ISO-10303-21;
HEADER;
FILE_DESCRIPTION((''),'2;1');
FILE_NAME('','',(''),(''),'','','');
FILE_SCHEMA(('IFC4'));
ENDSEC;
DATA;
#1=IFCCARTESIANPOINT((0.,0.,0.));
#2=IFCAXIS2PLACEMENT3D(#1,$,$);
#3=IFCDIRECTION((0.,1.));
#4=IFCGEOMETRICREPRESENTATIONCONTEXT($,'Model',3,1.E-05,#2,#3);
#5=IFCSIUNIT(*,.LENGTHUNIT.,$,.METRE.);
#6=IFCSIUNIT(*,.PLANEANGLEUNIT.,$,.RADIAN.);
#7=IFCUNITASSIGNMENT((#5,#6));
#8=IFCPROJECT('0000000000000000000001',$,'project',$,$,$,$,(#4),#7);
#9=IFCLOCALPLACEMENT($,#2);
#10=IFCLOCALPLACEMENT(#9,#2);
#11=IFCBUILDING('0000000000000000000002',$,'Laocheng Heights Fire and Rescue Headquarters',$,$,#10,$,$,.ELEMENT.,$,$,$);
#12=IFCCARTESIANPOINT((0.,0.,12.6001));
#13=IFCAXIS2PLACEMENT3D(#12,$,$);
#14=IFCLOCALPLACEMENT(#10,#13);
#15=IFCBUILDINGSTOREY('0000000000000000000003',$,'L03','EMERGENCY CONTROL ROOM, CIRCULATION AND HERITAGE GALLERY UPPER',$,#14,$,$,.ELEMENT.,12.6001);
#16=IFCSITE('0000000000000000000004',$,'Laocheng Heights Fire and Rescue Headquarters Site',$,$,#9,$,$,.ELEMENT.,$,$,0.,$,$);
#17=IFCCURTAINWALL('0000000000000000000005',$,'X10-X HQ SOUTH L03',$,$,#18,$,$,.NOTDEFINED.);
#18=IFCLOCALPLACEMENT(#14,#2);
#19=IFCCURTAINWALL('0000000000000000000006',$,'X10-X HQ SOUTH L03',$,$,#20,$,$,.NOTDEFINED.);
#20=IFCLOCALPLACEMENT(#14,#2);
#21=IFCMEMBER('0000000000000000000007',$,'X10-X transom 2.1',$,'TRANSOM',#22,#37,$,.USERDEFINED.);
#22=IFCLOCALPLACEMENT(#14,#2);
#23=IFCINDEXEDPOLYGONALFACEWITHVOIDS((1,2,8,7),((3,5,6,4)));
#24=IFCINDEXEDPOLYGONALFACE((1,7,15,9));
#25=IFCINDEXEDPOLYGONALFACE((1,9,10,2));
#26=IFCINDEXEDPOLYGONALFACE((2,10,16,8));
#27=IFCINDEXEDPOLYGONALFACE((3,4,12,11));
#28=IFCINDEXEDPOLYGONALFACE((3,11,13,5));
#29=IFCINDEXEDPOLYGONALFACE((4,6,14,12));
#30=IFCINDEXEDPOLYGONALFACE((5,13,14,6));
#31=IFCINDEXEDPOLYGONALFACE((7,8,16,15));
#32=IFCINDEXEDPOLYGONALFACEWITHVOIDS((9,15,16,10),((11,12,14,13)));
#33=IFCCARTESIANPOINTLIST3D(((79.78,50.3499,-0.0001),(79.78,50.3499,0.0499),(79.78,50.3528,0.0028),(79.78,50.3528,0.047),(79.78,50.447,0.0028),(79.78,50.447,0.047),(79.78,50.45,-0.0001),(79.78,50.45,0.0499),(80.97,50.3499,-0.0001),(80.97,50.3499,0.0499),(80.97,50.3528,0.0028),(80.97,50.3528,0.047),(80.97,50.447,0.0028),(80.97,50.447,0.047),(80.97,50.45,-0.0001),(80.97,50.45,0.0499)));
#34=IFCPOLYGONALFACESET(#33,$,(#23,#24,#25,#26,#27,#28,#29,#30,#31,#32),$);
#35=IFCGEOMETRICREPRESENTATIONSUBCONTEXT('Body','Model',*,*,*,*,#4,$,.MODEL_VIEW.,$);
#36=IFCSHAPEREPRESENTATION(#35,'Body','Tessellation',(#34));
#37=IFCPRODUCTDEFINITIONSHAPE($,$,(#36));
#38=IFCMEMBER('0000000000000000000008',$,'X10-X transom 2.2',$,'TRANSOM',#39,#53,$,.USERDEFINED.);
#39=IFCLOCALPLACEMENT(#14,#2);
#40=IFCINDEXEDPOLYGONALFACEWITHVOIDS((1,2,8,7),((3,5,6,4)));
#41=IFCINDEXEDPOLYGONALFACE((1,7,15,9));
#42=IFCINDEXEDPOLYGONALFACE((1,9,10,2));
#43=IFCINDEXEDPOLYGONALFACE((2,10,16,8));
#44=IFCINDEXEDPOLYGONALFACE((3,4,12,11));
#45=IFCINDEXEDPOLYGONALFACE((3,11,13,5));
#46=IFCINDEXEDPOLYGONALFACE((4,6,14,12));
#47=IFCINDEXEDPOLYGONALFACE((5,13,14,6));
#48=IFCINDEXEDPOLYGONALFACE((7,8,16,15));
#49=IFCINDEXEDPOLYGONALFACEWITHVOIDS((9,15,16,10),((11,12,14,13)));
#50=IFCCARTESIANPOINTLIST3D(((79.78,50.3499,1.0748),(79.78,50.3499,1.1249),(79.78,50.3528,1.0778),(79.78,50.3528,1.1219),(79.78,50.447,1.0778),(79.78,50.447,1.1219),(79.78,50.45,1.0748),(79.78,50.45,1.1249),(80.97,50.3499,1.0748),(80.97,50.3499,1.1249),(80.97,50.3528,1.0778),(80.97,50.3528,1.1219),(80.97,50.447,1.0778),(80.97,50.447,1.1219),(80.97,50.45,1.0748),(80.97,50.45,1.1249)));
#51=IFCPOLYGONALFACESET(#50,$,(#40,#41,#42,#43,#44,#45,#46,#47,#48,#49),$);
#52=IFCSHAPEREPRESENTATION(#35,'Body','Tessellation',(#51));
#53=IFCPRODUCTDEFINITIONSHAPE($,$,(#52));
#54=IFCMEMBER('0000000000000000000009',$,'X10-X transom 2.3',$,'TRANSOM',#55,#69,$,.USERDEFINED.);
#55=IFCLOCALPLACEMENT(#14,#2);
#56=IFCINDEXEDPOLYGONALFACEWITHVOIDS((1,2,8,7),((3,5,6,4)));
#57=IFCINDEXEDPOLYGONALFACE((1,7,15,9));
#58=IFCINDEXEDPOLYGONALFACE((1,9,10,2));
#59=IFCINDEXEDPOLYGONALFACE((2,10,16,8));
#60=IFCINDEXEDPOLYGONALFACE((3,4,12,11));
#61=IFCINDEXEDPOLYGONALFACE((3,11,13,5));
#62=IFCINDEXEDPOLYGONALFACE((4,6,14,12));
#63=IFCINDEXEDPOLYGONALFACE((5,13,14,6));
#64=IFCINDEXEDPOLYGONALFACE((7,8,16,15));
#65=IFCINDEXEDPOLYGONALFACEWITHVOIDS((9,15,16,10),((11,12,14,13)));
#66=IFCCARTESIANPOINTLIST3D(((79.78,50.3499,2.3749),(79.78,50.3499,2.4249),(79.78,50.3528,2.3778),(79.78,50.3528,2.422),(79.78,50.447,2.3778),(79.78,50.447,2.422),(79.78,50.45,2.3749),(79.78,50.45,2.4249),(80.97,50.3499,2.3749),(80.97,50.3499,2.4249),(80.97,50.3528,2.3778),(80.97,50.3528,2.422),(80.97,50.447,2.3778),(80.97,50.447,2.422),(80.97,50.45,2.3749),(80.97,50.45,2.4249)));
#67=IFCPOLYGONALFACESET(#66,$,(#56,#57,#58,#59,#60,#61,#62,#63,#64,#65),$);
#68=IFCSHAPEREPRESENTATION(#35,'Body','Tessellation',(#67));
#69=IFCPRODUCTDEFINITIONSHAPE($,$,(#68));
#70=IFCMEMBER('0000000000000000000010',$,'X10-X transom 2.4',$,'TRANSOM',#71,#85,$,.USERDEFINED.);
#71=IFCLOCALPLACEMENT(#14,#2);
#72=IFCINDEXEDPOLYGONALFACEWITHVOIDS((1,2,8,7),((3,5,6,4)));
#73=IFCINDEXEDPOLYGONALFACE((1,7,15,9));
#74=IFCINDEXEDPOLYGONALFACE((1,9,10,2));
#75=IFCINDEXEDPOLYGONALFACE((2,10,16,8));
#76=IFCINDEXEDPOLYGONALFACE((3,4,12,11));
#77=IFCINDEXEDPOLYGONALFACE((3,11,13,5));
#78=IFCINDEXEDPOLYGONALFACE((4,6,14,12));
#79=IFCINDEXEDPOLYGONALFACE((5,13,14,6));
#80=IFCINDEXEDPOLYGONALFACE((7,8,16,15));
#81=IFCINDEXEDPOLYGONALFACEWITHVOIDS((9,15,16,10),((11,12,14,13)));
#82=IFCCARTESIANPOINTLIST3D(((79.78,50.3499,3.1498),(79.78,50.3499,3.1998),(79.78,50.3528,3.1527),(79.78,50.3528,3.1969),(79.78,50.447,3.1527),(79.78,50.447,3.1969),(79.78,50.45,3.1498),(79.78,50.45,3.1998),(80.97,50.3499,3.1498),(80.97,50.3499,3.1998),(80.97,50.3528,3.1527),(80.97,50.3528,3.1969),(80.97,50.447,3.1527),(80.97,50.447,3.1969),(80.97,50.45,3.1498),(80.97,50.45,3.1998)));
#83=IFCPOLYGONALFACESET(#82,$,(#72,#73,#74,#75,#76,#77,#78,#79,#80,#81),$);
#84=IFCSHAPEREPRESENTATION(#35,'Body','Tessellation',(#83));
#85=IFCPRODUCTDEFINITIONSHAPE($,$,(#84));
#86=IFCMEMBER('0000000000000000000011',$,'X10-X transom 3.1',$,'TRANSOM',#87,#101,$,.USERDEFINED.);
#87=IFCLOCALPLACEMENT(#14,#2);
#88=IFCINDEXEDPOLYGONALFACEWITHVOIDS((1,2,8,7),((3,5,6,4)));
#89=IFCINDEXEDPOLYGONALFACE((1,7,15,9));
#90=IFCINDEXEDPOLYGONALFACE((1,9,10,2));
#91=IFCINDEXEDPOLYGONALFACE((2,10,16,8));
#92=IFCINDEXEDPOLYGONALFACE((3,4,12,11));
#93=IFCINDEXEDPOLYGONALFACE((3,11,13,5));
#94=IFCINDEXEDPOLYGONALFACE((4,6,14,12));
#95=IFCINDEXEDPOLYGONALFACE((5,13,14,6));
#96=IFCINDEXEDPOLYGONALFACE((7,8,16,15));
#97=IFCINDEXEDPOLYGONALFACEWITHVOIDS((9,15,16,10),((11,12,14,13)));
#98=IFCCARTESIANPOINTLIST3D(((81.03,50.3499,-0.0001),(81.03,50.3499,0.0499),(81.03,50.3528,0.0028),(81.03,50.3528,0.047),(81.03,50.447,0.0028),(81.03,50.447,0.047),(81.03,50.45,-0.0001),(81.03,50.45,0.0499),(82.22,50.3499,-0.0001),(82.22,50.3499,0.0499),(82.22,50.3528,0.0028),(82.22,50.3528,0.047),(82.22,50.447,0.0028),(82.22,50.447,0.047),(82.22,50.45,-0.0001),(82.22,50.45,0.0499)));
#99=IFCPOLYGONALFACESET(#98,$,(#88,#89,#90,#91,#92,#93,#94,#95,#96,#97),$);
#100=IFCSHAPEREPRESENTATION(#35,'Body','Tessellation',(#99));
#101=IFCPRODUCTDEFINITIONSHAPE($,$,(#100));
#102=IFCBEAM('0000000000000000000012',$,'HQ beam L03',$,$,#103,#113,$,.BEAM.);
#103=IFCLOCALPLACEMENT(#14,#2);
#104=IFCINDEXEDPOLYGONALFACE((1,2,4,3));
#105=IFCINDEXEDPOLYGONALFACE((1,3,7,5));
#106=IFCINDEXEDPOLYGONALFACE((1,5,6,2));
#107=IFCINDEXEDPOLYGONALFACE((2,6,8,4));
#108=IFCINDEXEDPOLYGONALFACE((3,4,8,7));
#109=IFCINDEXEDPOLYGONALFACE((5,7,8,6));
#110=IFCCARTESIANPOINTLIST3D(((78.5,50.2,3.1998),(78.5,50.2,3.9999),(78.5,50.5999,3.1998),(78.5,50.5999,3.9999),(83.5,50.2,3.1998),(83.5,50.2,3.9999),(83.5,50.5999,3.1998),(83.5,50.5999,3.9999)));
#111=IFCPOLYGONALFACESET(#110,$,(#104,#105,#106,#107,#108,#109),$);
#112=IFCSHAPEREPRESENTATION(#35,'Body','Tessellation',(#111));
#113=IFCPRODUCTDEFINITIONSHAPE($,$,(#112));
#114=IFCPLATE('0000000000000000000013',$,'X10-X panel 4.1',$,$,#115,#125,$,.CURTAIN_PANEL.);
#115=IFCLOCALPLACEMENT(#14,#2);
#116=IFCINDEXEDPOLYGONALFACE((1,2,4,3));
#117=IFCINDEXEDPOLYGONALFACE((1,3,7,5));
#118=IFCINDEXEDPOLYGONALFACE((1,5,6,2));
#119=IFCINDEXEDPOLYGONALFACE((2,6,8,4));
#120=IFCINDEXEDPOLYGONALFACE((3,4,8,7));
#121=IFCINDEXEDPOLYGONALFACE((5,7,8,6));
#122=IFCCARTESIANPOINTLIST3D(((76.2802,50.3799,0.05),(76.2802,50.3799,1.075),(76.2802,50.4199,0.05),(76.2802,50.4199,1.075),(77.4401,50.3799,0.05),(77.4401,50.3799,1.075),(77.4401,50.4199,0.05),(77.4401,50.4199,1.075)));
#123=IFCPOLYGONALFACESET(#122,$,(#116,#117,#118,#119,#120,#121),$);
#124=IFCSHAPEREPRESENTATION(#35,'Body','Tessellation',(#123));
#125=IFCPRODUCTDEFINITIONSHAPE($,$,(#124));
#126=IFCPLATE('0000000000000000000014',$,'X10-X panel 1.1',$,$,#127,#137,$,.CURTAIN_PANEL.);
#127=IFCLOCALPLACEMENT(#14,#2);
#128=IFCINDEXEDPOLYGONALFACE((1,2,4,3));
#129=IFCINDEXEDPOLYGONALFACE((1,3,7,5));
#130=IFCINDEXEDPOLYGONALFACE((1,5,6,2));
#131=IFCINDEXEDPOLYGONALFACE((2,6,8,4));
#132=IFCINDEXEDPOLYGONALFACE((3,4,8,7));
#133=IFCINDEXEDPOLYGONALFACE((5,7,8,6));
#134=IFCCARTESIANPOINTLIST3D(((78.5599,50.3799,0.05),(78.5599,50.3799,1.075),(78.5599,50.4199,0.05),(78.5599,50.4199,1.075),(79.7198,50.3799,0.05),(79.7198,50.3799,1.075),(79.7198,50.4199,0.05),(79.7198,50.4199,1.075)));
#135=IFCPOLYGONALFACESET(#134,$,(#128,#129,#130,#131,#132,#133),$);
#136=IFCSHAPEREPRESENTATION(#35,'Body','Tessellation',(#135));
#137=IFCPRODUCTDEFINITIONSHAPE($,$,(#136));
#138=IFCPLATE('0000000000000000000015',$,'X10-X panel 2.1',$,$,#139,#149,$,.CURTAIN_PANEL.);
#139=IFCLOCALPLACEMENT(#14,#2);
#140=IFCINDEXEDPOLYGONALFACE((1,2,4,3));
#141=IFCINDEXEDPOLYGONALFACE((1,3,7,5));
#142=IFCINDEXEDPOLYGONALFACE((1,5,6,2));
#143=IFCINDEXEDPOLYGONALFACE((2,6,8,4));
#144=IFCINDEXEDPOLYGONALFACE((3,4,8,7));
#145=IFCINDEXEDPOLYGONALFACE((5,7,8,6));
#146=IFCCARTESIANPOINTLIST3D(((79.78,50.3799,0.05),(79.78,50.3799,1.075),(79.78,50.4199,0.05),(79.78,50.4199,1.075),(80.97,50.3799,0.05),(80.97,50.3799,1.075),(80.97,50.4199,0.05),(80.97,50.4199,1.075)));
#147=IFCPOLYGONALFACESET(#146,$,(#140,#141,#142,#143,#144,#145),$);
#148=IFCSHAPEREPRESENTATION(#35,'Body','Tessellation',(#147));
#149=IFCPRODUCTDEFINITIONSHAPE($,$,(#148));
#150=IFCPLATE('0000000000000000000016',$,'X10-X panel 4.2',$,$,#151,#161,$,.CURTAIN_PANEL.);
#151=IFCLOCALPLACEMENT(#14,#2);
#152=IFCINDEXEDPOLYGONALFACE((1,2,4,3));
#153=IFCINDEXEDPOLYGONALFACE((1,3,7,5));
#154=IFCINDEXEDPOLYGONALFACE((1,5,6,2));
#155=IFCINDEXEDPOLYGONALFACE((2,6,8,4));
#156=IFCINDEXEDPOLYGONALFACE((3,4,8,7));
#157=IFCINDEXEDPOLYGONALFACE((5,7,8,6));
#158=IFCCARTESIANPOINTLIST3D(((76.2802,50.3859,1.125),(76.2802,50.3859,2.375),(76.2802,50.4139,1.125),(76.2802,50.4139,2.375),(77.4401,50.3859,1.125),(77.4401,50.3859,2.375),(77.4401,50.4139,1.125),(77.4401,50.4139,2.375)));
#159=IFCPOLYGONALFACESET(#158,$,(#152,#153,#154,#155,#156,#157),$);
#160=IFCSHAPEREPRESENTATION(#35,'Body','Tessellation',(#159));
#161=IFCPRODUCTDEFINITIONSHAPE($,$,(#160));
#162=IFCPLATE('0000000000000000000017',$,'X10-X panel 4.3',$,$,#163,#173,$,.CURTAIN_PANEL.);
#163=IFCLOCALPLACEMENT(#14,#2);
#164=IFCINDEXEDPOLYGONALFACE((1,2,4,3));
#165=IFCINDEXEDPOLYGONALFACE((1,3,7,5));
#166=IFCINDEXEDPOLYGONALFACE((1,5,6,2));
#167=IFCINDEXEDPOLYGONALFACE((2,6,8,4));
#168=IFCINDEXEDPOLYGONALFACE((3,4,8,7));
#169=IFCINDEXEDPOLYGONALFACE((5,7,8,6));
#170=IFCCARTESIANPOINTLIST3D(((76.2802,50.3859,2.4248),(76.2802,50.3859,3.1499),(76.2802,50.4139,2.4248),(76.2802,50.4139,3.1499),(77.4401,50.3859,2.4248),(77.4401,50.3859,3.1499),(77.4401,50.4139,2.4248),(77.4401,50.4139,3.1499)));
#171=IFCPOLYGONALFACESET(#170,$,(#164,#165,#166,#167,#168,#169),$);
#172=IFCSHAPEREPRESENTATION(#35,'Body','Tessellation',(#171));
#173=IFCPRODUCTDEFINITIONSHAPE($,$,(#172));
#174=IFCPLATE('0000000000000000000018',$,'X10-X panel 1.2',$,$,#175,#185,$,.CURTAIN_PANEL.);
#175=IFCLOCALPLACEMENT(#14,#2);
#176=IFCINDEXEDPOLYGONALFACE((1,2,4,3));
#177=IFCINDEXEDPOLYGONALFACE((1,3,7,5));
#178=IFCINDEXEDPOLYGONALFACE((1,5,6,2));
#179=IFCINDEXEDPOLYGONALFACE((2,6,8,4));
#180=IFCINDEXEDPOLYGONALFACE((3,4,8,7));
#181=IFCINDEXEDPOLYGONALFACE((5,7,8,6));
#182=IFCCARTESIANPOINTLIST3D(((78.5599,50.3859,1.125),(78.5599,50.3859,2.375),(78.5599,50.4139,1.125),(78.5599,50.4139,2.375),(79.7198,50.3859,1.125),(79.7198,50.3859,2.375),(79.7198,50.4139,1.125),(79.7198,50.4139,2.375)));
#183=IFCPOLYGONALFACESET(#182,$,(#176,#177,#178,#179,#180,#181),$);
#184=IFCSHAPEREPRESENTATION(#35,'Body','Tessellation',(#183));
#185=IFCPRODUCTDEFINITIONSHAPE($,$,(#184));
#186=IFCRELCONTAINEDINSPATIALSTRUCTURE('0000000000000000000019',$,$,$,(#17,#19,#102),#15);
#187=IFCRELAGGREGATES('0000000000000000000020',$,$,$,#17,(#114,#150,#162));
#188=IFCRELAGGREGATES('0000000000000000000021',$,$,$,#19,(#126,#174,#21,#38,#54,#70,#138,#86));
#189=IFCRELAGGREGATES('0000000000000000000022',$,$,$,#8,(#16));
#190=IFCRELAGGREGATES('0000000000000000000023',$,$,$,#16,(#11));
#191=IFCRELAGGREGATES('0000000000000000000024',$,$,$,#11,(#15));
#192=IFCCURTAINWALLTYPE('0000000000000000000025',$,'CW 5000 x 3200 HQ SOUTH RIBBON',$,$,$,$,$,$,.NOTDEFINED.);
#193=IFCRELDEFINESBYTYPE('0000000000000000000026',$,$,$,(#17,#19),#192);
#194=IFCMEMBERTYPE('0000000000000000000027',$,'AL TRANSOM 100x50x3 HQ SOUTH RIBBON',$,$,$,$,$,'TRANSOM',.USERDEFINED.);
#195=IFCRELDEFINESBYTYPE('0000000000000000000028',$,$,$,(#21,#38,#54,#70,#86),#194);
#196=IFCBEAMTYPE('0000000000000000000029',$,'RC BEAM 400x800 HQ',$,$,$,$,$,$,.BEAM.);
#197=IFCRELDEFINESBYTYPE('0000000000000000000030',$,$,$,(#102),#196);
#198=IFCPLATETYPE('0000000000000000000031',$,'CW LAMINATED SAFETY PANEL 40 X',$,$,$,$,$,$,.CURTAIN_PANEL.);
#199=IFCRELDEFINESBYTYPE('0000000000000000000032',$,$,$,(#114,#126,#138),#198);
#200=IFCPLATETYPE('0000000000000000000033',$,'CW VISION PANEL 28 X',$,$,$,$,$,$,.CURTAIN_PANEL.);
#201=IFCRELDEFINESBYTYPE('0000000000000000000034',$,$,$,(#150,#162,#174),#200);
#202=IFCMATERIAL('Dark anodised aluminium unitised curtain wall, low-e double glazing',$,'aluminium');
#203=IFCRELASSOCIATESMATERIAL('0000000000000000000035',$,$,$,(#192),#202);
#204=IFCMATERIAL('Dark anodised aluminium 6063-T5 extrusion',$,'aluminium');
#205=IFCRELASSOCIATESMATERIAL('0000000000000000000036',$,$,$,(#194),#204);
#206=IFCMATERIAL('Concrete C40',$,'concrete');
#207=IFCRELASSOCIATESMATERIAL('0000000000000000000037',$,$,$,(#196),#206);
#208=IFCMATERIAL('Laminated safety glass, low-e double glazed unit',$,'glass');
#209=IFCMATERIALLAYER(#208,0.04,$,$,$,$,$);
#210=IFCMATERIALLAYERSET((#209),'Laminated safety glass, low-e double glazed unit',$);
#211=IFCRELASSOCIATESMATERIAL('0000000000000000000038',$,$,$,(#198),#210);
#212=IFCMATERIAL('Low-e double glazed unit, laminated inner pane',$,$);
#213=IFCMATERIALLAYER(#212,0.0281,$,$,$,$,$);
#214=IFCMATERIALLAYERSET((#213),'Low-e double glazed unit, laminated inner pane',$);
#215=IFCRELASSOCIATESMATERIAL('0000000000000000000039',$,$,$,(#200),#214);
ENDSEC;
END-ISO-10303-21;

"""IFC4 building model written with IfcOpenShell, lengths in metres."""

from ifc_helpers import new_model, si_unit, direction, frame, origin, origin_2d, place, context, subcontext, project, spatial, rectangle, hollow_rectangle, extrude, material, layer, layer_set, material_profile, profile_set, type_object, element, aggregate, save


model = new_model("IFC4")

# Units and contexts
model_context = context("Model", 3, precision=1e-05, world=origin(), true_north=direction((0.0, 1.0)))
body_context = subcontext(model_context, "Body", "Model", "MODEL_VIEW")
ifc_project = project(units=[si_unit("LENGTHUNIT", "METRE"), si_unit("PLANEANGLEUNIT", "RADIAN")], contexts=[model_context])

# Site, building, storey
site_placement = place(None, origin())
site = spatial("IfcSite", under=ifc_project, at=site_placement, Name="Laocheng Heights Fire and Rescue Headquarters Site", CompositionType="ELEMENT", RefElevation=0.0)
building_placement = place(site_placement, origin())
building = spatial("IfcBuilding", under=site, at=building_placement, Name="Laocheng Heights Fire and Rescue Headquarters", CompositionType="ELEMENT")
storey_placement = place(building_placement, frame((0.0, 0.0, 12.6001)))
storey = spatial("IfcBuildingStorey", under=building, at=storey_placement, Name="L03", Description="EMERGENCY CONTROL ROOM, CIRCULATION AND HERITAGE GALLERY UPPER", CompositionType="ELEMENT", Elevation=12.6001)

# Curtain wall
ifc_material_1 = material(Name="Dark anodised aluminium unitised curtain wall, low-e double glazing", Category="aluminium")
curtain_wall_type = type_object("IfcCurtainWallType", Name="CW 5000 x 3200 HQ SOUTH RIBBON", PredefinedType="NOTDEFINED", material=ifc_material_1)
curtain_wall_1_placement = place(storey_placement, origin())
curtain_wall_1 = element("IfcCurtainWall", 1, at=curtain_wall_1_placement, inside=storey, type_object=curtain_wall_type, Name="X10-X HQ SOUTH L03", PredefinedType="NOTDEFINED")

# Curtain wall
curtain_wall_2_placement = place(storey_placement, origin())
curtain_wall_2 = element("IfcCurtainWall", 2, at=curtain_wall_2_placement, inside=storey, type_object=curtain_wall_type, Name="X10-X HQ SOUTH L03", PredefinedType="NOTDEFINED")

# Members
ifc_material_2 = material(Name="Dark anodised aluminium 6063-T5 extrusion", Category="aluminium")
ifc_material_profile_1 = material_profile(ifc_material_2, hollow_rectangle(XDim=0.1001, YDim=0.05, WallThickness=0.0029, at=origin_2d()), Name="AL TRANSOM 100x50x3 HQ SOUTH RIBBON")
ifc_profile_set_1 = profile_set([ifc_material_profile_1], Name="Dark anodised aluminium 6063-T5 extrusion")
member_type_1 = type_object("IfcMemberType", Name="AL TRANSOM 100x50x3 HQ SOUTH RIBBON", ElementType="TRANSOM", PredefinedType="USERDEFINED", material=ifc_profile_set_1)
member_1_placement = place(storey_placement, frame((79.78, 50.3999, 0.0249), z_axis=(1.0, 0.0, 0.0), x_axis=(0.0, 1.0, 0.0)))
member_1 = element("IfcMember", 3, at=member_1_placement, type_object=member_type_1, Name="X10-X transom 2.1", ObjectType="TRANSOM", PredefinedType="USERDEFINED", context=body_context, shape_type="SweptSolid", body=[
    extrude(hollow_rectangle(XDim=0.1001, YDim=0.05, WallThickness=0.0029, at=origin_2d()), origin(), (0.0, 0.0, 1.0), 1.1899),
])
member_2_placement = place(storey_placement, frame((79.78, 50.3999, 1.0999), z_axis=(1.0, 0.0, 0.0), x_axis=(0.0, 1.0, 0.0)))
member_2 = element("IfcMember", 4, at=member_2_placement, type_object=member_type_1, Name="X10-X transom 2.2", ObjectType="TRANSOM", PredefinedType="USERDEFINED", context=body_context, shape_type="SweptSolid", body=[
    extrude(hollow_rectangle(XDim=0.1001, YDim=0.05, WallThickness=0.0029, at=origin_2d()), origin(), (0.0, 0.0, 1.0), 1.1899),
])
member_3_placement = place(storey_placement, frame((79.78, 50.3999, 2.3999), z_axis=(1.0, 0.0, 0.0), x_axis=(0.0, 1.0, 0.0)))
member_3 = element("IfcMember", 5, at=member_3_placement, type_object=member_type_1, Name="X10-X transom 2.3", ObjectType="TRANSOM", PredefinedType="USERDEFINED", context=body_context, shape_type="SweptSolid", body=[
    extrude(hollow_rectangle(XDim=0.1001, YDim=0.05, WallThickness=0.0029, at=origin_2d()), origin(), (0.0, 0.0, 1.0), 1.1899),
])
member_4_placement = place(storey_placement, frame((79.78, 50.3999, 3.1748), z_axis=(1.0, 0.0, 0.0), x_axis=(0.0, 1.0, 0.0)))
member_4 = element("IfcMember", 6, at=member_4_placement, type_object=member_type_1, Name="X10-X transom 2.4", ObjectType="TRANSOM", PredefinedType="USERDEFINED", context=body_context, shape_type="SweptSolid", body=[
    extrude(hollow_rectangle(XDim=0.1001, YDim=0.05, WallThickness=0.0029, at=origin_2d()), origin(), (0.0, 0.0, 1.0), 1.1899),
])
member_5_placement = place(storey_placement, frame((81.03, 50.3999, 0.0249), z_axis=(1.0, 0.0, 0.0), x_axis=(0.0, 1.0, 0.0)))
member_5 = element("IfcMember", 7, at=member_5_placement, type_object=member_type_1, Name="X10-X transom 3.1", ObjectType="TRANSOM", PredefinedType="USERDEFINED", context=body_context, shape_type="SweptSolid", body=[
    extrude(hollow_rectangle(XDim=0.1001, YDim=0.05, WallThickness=0.0029, at=origin_2d()), origin(), (0.0, 0.0, 1.0), 1.1899),
])

# Beam
ifc_material_3 = material(Name="Concrete C40", Category="concrete")
ifc_material_profile_2 = material_profile(ifc_material_3, rectangle(XDim=0.3999, YDim=0.8, at=origin_2d()), Name="RC BEAM 400x800 HQ")
ifc_profile_set_2 = profile_set([ifc_material_profile_2], Name="Concrete C40")
beam_type = type_object("IfcBeamType", Name="RC BEAM 400x800 HQ", PredefinedType="BEAM", material=ifc_profile_set_2)
beam_placement = place(storey_placement, frame((78.5, 50.3999, 3.5999), z_axis=(1.0, 0.0, 0.0), x_axis=(0.0, 1.0, 0.0)))
element("IfcBeam", 8, at=beam_placement, inside=storey, type_object=beam_type, Name="HQ beam L03", PredefinedType="BEAM", context=body_context, shape_type="SweptSolid", body=[
    extrude(rectangle(XDim=0.3999, YDim=0.8, at=origin_2d()), origin(), (0.0, 0.0, 1.0), 5.0),
])

# Plates
ifc_material_4 = material(Name="Laminated safety glass, low-e double glazed unit", Category="glass")
ifc_layer_1 = layer(ifc_material_4, 0.04)
ifc_layer_set_1 = layer_set([ifc_layer_1], Name="Laminated safety glass, low-e double glazed unit")
plate_type_1 = type_object("IfcPlateType", Name="CW LAMINATED SAFETY PANEL 40 X", PredefinedType="CURTAIN_PANEL", material=ifc_layer_set_1)
plate_1_placement = place(storey_placement, frame((76.8601, 50.3999, 0.05), z_axis=(0.0, 0.0, 1.0), x_axis=(1.0, 0.0, 0.0)))
plate_1 = element("IfcPlate", 9, at=plate_1_placement, type_object=plate_type_1, Name="X10-X panel 4.1", PredefinedType="CURTAIN_PANEL", context=body_context, shape_type="SweptSolid", body=[
    extrude(rectangle(XDim=1.1599, YDim=0.04, at=origin_2d()), origin(), (0.0, 0.0, 1.0), 1.0249),
])
plate_2_placement = place(storey_placement, frame((79.1399, 50.3999, 0.05), z_axis=(0.0, 0.0, 1.0), x_axis=(1.0, 0.0, 0.0)))
plate_2 = element("IfcPlate", 10, at=plate_2_placement, type_object=plate_type_1, Name="X10-X panel 1.1", PredefinedType="CURTAIN_PANEL", context=body_context, shape_type="SweptSolid", body=[
    extrude(rectangle(XDim=1.1599, YDim=0.04, at=origin_2d()), origin(), (0.0, 0.0, 1.0), 1.0249),
])
plate_3_placement = place(storey_placement, frame((80.375, 50.3999, 0.05), z_axis=(0.0, 0.0, 1.0), x_axis=(1.0, 0.0, 0.0)))
plate_3 = element("IfcPlate", 11, at=plate_3_placement, type_object=plate_type_1, Name="X10-X panel 2.1", PredefinedType="CURTAIN_PANEL", context=body_context, shape_type="SweptSolid", body=[
    extrude(rectangle(XDim=1.1899, YDim=0.04, at=origin_2d()), origin(), (0.0, 0.0, 1.0), 1.0249),
])
ifc_material_5 = material(Name="Low-e double glazed unit, laminated inner pane")
ifc_layer_2 = layer(ifc_material_5, 0.0281)
ifc_layer_set_2 = layer_set([ifc_layer_2], Name="Low-e double glazed unit, laminated inner pane")
plate_type_2 = type_object("IfcPlateType", Name="CW VISION PANEL 28 X", PredefinedType="CURTAIN_PANEL", material=ifc_layer_set_2)
plate_4_placement = place(storey_placement, frame((76.8601, 50.3999, 1.125), z_axis=(0.0, 0.0, 1.0), x_axis=(1.0, 0.0, 0.0)))
plate_4 = element("IfcPlate", 12, at=plate_4_placement, type_object=plate_type_2, Name="X10-X panel 4.2", PredefinedType="CURTAIN_PANEL", context=body_context, shape_type="SweptSolid", body=[
    extrude(rectangle(XDim=1.1599, YDim=0.0281, at=origin_2d()), origin(), (0.0, 0.0, 1.0), 1.25),
])
plate_5_placement = place(storey_placement, frame((76.8601, 50.3999, 2.4248), z_axis=(0.0, 0.0, 1.0), x_axis=(1.0, 0.0, 0.0)))
plate_5 = element("IfcPlate", 13, at=plate_5_placement, type_object=plate_type_2, Name="X10-X panel 4.3", PredefinedType="CURTAIN_PANEL", context=body_context, shape_type="SweptSolid", body=[
    extrude(rectangle(XDim=1.1599, YDim=0.0281, at=origin_2d()), origin(), (0.0, 0.0, 1.0), 0.7251),
])
aggregate(curtain_wall_1, [plate_1, plate_4, plate_5])
plate_6_placement = place(storey_placement, frame((79.1399, 50.3999, 1.125), z_axis=(0.0, 0.0, 1.0), x_axis=(1.0, 0.0, 0.0)))
plate_6 = element("IfcPlate", 14, at=plate_6_placement, type_object=plate_type_2, Name="X10-X panel 1.2", PredefinedType="CURTAIN_PANEL", context=body_context, shape_type="SweptSolid", body=[
    extrude(rectangle(XDim=1.1599, YDim=0.0281, at=origin_2d()), origin(), (0.0, 0.0, 1.0), 1.25),
])
aggregate(curtain_wall_2, [plate_2, plate_6, member_1, member_2, member_3, member_4, plate_3, member_5])

save(model, "model.ifc")
